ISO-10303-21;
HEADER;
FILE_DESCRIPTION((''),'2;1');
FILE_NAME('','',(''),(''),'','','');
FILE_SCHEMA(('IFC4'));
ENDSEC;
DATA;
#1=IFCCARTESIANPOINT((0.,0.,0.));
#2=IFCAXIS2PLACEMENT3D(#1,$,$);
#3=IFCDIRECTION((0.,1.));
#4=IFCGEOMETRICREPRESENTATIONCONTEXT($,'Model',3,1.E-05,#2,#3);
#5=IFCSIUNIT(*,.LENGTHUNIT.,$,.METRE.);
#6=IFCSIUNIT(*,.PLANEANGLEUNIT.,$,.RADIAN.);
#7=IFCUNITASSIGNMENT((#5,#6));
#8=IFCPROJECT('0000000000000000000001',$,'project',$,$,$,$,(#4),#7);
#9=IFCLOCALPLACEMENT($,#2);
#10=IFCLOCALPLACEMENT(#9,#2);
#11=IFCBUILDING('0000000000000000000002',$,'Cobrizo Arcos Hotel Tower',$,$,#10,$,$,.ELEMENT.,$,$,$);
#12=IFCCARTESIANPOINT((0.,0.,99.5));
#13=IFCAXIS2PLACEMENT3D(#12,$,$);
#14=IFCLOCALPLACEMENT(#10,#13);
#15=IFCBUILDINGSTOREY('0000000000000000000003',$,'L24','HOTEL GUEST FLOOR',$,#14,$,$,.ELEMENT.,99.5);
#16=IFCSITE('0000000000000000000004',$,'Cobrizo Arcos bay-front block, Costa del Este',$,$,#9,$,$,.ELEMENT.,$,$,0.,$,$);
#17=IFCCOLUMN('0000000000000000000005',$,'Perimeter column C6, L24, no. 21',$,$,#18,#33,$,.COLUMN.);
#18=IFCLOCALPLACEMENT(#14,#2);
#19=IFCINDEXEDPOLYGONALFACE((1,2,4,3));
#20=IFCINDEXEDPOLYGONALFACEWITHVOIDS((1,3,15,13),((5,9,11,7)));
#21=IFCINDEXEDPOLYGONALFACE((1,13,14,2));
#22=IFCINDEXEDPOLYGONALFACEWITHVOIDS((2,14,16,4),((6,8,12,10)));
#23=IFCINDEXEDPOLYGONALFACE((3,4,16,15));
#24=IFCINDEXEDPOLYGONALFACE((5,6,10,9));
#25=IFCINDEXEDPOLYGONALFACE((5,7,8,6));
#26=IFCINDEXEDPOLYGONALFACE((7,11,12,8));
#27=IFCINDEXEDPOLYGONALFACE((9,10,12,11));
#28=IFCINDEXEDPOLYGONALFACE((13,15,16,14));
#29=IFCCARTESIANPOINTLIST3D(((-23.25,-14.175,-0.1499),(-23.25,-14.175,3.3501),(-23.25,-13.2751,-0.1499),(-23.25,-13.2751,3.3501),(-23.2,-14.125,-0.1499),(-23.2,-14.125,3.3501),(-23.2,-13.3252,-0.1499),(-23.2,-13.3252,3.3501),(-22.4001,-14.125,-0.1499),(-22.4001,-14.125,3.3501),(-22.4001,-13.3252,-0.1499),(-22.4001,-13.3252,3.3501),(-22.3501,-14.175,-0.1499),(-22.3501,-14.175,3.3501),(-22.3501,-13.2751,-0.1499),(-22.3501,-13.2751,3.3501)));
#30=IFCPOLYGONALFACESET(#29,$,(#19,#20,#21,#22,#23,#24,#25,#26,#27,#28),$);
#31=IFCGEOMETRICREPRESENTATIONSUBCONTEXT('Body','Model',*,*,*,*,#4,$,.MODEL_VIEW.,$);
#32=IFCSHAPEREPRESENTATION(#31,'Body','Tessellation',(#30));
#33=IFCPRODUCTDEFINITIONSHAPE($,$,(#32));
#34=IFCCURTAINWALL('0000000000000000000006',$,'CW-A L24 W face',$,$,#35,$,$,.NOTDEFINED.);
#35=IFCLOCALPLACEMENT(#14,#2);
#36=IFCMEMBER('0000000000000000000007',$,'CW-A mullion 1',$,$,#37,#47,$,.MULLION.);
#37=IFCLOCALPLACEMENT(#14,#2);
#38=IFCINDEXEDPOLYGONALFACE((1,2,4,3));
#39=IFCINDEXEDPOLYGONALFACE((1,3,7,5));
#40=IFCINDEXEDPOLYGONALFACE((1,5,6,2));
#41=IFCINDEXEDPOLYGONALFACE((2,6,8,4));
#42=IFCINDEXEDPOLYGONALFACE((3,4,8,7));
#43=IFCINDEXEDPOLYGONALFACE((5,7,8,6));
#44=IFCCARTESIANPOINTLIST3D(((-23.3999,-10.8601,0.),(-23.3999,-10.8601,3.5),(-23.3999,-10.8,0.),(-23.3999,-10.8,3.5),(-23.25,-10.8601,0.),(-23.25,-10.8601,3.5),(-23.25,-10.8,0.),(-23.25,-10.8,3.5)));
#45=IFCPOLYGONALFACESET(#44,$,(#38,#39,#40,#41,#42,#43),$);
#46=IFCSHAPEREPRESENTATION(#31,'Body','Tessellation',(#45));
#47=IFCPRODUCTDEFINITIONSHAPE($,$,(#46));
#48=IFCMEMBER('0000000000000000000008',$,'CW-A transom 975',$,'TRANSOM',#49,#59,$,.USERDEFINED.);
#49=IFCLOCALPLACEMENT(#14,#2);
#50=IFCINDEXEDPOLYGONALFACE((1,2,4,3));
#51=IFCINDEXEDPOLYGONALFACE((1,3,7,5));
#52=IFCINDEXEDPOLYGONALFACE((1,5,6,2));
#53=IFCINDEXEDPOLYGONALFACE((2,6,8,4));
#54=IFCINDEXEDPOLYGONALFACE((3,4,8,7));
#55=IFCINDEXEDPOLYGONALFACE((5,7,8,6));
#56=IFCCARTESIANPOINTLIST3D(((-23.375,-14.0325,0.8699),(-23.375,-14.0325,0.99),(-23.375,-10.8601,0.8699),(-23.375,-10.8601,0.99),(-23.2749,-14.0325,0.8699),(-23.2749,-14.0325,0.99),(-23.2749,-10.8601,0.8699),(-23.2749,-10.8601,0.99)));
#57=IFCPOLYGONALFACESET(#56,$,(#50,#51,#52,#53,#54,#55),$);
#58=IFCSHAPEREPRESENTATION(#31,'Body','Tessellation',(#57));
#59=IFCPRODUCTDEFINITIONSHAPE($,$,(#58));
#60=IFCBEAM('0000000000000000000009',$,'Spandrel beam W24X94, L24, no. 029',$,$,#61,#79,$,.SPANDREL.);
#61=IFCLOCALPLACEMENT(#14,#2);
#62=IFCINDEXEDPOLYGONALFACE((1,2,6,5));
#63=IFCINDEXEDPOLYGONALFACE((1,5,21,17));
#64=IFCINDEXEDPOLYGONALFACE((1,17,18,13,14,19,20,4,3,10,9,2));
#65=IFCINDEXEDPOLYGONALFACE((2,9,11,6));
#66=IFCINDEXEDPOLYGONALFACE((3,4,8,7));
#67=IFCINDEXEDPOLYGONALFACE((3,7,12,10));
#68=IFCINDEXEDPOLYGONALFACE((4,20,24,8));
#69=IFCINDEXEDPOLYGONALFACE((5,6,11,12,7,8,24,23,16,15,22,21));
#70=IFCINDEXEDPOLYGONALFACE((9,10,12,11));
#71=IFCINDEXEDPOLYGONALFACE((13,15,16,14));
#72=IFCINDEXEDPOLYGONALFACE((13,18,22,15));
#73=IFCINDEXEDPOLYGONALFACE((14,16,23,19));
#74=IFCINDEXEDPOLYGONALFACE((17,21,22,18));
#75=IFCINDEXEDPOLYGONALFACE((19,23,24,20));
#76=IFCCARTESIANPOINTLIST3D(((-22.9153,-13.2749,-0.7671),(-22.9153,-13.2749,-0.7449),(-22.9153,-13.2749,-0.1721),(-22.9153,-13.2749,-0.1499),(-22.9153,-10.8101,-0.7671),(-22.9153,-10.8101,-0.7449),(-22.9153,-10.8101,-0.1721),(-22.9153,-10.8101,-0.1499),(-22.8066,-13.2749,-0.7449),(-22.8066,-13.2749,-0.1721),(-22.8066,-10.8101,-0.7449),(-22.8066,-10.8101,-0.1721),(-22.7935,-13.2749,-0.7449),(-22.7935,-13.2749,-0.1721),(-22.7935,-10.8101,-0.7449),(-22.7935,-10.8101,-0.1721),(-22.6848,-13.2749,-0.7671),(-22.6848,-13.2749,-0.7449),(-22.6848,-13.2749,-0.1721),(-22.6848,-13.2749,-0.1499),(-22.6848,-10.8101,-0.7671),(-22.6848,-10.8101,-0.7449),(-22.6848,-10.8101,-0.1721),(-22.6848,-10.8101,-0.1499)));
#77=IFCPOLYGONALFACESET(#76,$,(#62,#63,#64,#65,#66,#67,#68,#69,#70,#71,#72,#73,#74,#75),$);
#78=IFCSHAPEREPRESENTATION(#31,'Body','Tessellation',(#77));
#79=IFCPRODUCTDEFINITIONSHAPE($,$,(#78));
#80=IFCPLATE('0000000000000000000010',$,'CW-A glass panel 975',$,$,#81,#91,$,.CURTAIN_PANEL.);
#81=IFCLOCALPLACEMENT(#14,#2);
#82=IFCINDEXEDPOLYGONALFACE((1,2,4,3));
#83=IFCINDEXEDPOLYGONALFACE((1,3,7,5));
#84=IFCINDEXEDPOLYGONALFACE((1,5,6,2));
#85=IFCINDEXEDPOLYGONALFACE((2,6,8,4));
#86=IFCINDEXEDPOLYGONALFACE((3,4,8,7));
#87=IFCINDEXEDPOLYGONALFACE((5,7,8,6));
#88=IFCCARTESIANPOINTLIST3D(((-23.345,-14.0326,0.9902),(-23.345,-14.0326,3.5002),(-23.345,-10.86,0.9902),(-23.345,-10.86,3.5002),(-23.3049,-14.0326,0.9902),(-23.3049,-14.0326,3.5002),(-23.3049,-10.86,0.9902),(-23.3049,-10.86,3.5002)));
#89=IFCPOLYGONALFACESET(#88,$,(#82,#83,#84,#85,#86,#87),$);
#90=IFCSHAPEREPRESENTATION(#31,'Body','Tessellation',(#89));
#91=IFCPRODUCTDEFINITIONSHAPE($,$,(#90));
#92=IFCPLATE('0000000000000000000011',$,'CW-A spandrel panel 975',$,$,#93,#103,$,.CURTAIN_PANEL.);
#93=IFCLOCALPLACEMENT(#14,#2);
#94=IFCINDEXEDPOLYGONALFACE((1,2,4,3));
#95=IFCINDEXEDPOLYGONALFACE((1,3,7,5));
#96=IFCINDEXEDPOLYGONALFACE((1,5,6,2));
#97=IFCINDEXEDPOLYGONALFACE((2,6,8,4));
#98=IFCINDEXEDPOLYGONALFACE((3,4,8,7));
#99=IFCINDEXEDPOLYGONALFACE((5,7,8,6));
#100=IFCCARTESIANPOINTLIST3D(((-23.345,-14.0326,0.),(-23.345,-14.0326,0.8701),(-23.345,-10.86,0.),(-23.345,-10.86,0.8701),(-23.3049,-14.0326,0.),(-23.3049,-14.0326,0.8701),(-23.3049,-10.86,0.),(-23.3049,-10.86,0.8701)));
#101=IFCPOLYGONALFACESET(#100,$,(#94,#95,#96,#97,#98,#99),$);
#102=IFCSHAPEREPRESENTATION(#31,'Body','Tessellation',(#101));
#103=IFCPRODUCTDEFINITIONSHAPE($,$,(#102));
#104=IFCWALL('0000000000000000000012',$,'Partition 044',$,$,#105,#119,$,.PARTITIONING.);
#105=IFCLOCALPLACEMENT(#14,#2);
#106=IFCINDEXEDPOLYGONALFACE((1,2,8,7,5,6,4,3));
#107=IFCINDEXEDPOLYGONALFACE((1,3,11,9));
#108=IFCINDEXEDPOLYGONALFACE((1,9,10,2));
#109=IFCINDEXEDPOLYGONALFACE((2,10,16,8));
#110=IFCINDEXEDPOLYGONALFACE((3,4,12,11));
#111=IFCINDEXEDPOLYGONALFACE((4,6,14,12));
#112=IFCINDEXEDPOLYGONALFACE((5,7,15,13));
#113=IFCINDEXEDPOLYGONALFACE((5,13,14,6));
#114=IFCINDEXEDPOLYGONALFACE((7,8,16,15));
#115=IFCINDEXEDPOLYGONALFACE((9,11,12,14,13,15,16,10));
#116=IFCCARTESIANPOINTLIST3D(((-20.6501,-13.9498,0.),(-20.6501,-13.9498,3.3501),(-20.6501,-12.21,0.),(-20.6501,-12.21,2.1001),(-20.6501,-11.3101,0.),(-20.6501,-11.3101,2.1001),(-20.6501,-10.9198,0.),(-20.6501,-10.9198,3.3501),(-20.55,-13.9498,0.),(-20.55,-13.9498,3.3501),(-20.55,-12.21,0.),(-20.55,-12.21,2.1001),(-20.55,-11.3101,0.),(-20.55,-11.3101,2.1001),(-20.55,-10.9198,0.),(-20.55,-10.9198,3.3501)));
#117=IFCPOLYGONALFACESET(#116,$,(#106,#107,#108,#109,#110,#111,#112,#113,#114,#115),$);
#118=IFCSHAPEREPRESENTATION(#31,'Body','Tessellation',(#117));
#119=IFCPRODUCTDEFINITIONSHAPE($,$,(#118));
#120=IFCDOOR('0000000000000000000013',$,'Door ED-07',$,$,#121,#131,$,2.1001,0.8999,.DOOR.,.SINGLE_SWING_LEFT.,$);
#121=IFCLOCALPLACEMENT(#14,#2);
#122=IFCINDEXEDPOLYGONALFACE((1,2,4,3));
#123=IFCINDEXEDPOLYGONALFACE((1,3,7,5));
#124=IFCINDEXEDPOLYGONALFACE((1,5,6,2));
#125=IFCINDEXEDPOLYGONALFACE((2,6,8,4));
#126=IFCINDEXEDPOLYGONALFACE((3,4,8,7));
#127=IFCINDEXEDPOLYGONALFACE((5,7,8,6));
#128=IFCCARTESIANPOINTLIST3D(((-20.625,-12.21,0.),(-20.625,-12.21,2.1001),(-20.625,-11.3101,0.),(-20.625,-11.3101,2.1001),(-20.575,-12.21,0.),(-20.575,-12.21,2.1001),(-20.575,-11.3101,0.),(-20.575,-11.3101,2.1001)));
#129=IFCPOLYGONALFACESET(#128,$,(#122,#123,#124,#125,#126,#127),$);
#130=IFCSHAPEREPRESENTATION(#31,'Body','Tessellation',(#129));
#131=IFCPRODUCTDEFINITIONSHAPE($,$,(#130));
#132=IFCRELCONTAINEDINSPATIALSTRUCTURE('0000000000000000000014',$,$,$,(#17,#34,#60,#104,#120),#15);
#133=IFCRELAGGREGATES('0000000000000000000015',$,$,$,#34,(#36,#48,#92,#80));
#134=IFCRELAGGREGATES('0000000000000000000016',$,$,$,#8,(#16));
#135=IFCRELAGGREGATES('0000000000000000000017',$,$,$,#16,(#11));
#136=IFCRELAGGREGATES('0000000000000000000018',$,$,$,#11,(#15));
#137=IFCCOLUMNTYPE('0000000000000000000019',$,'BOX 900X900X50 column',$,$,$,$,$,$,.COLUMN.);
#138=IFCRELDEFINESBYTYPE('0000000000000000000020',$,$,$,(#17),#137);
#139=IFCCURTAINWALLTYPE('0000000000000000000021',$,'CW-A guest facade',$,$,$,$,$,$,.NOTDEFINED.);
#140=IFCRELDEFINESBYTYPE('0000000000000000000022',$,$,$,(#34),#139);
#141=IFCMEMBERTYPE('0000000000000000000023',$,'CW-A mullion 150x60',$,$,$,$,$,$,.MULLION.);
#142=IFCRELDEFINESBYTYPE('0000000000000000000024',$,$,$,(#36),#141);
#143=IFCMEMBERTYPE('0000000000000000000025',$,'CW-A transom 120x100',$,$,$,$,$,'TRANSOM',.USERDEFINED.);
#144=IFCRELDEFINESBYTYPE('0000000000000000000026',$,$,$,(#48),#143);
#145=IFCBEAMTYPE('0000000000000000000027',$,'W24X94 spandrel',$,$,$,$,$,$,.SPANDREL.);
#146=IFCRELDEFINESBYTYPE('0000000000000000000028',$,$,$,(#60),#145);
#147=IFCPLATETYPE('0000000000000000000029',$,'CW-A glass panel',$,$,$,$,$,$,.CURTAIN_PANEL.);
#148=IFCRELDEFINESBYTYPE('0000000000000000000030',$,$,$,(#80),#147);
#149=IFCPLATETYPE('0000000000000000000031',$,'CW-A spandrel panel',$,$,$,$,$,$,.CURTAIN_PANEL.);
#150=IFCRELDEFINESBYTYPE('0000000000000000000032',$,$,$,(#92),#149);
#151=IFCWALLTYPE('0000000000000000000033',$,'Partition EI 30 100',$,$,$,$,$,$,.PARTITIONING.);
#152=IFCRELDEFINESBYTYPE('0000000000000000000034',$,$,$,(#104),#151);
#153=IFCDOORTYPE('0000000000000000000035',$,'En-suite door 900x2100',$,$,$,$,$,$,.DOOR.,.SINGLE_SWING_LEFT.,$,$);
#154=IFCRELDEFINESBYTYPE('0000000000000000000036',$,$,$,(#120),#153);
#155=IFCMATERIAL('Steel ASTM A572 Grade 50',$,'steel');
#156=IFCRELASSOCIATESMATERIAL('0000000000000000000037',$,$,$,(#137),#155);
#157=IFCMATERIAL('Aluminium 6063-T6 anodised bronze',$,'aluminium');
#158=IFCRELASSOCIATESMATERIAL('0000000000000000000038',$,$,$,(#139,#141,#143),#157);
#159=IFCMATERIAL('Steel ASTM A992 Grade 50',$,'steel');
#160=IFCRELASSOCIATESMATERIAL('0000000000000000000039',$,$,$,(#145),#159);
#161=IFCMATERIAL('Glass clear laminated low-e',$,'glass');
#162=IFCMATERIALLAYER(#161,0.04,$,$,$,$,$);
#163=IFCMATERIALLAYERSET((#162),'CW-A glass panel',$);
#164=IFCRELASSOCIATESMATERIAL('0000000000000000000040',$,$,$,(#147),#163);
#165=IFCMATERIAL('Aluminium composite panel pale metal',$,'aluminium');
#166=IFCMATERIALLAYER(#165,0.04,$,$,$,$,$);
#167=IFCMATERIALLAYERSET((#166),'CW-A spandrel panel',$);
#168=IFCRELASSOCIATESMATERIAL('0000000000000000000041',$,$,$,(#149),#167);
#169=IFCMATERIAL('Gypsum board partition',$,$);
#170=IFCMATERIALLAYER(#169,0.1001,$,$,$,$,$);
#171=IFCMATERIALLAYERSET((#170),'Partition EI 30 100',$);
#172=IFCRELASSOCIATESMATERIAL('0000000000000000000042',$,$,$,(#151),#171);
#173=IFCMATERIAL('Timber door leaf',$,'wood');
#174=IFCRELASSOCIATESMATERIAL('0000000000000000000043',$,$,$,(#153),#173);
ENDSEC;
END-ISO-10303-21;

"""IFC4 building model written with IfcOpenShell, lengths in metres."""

from ifc_helpers import new_model, si_unit, direction, frame, frame_2d, origin, origin_2d, place, context, subcontext, project, spatial, rectangle, hollow_rectangle, i_section, extrude, material, layer, layer_set, material_profile, profile_set, type_object, element, fill, aggregate, save


model = new_model("IFC4")

# Units and contexts
model_context = context("Model", 3, precision=1e-05, world=origin(), true_north=direction((0.0, 1.0)))
body_context = subcontext(model_context, "Body", "Model", "MODEL_VIEW")
ifc_project = project(units=[si_unit("LENGTHUNIT", "METRE"), si_unit("PLANEANGLEUNIT", "RADIAN")], contexts=[model_context])

# Site, building, storey
site_placement = place(None, origin())
site = spatial("IfcSite", under=ifc_project, at=site_placement, Name="Cobrizo Arcos bay-front block, Costa del Este", CompositionType="ELEMENT", RefElevation=0.0)
building_placement = place(site_placement, origin())
building = spatial("IfcBuilding", under=site, at=building_placement, Name="Cobrizo Arcos Hotel Tower", CompositionType="ELEMENT")
storey_placement = place(building_placement, frame((0.0, 0.0, 99.5)))
storey = spatial("IfcBuildingStorey", under=building, at=storey_placement, Name="L24", Description="HOTEL GUEST FLOOR", CompositionType="ELEMENT", Elevation=99.5)

# Column
ifc_material_1 = material(Name="Steel ASTM A572 Grade 50", Category="steel")
ifc_material_profile_1 = material_profile(ifc_material_1, hollow_rectangle(XDim=0.8999, YDim=0.8999, WallThickness=0.05, at=origin_2d()), Name="BOX 900X900X50")
ifc_profile_set_1 = profile_set([ifc_material_profile_1], Name="Steel ASTM A572 Grade 50")
column_type = type_object("IfcColumnType", Name="BOX 900X900X50 column", PredefinedType="COLUMN", material=ifc_profile_set_1)
column_placement = place(storey_placement, frame((-22.8, -13.7251, -0.1499), z_axis=(0.0, 0.0, 1.0), x_axis=(1.0, 0.0, 0.0)))
element("IfcColumn", 1, at=column_placement, inside=storey, type_object=column_type, Name="Perimeter column C6, L24, no. 21", PredefinedType="COLUMN", context=body_context, shape_type="SweptSolid", body=[
    extrude(hollow_rectangle(XDim=0.8999, YDim=0.8999, WallThickness=0.05, at=origin_2d()), origin(), (0.0, 0.0, 1.0), 3.5),
])

# Curtain wall, members
ifc_material_2 = material(Name="Aluminium 6063-T6 anodised bronze", Category="aluminium")
curtain_wall_type = type_object("IfcCurtainWallType", Name="CW-A guest facade", PredefinedType="NOTDEFINED", material=ifc_material_2)
curtain_wall_placement = place(storey_placement, origin())
curtain_wall = element("IfcCurtainWall", 2, at=curtain_wall_placement, inside=storey, type_object=curtain_wall_type, Name="CW-A L24 W face", PredefinedType="NOTDEFINED")
ifc_material_profile_2 = material_profile(ifc_material_2, rectangle(XDim=0.1499, YDim=0.0601, at=origin_2d()), Name="CW-A mullion 150x60")
ifc_profile_set_2 = profile_set([ifc_material_profile_2], Name="Aluminium 6063-T6 anodised bronze")
member_type_1 = type_object("IfcMemberType", Name="CW-A mullion 150x60", PredefinedType="MULLION", material=ifc_profile_set_2)
member_1_placement = place(storey_placement, frame((-23.325, -10.8301, 0.0), z_axis=(0.0, 0.0, 1.0), x_axis=(-1.0, 0.0, 0.0)))
member_1 = element("IfcMember", 3, at=member_1_placement, type_object=member_type_1, Name="CW-A mullion 1", PredefinedType="MULLION", context=body_context, shape_type="SweptSolid", body=[
    extrude(rectangle(XDim=0.1499, YDim=0.0601, at=origin_2d()), origin(), (0.0, 0.0, 1.0), 3.5),
])
ifc_material_profile_3 = material_profile(ifc_material_2, rectangle(XDim=0.1001, YDim=0.1201, at=origin_2d()), Name="CW-A transom 120x100")
ifc_profile_set_3 = profile_set([ifc_material_profile_3], Name="Aluminium 6063-T6 anodised bronze")
member_type_2 = type_object("IfcMemberType", Name="CW-A transom 120x100", ElementType="TRANSOM", PredefinedType="USERDEFINED", material=ifc_profile_set_3)
member_2_placement = place(storey_placement, frame((-23.325, -10.8601, 0.9299), z_axis=(0.0, -1.0, 0.0), x_axis=(1.0, 0.0, 0.0)))
member_2 = element("IfcMember", 4, at=member_2_placement, type_object=member_type_2, Name="CW-A transom 975", ObjectType="TRANSOM", PredefinedType="USERDEFINED", context=body_context, shape_type="SweptSolid", body=[
    extrude(rectangle(XDim=0.1001, YDim=0.1201, at=origin_2d()), origin(), (0.0, 0.0, 1.0), 3.1724),
])

# Beam
ifc_material_3 = material(Name="Steel ASTM A992 Grade 50", Category="steel")
ifc_material_profile_4 = material_profile(ifc_material_3, i_section(OverallWidth=0.2305, OverallDepth=0.6172, WebThickness=0.0132, FlangeThickness=0.0222, at=origin_2d()), Name="W24X94")
ifc_profile_set_4 = profile_set([ifc_material_profile_4], Name="Steel ASTM A992 Grade 50")
beam_type = type_object("IfcBeamType", Name="W24X94 spandrel", PredefinedType="SPANDREL", material=ifc_profile_set_4)
beam_placement = place(storey_placement, frame((-22.8, -10.8101, -0.4585), z_axis=(0.0, -1.0, 0.0), x_axis=(1.0, 0.0, 0.0)))
element("IfcBeam", 5, at=beam_placement, inside=storey, type_object=beam_type, Name="Spandrel beam W24X94, L24, no. 029", PredefinedType="SPANDREL", context=body_context, shape_type="SweptSolid", body=[
    extrude(i_section(OverallWidth=0.2305, OverallDepth=0.6172, WebThickness=0.0132, FlangeThickness=0.0222, at=origin_2d()), origin(), (0.0, 0.0, 1.0), 2.4648),
])

# Plates
ifc_material_4 = material(Name="Glass clear laminated low-e", Category="glass")
ifc_layer_1 = layer(ifc_material_4, 0.04)
ifc_layer_set_1 = layer_set([ifc_layer_1], Name="CW-A glass panel")
plate_type_1 = type_object("IfcPlateType", Name="CW-A glass panel", PredefinedType="CURTAIN_PANEL", material=ifc_layer_set_1)
plate_1_placement = place(storey_placement, frame((-23.325, -12.4463, 0.9902), z_axis=(0.0, 0.0, 1.0), x_axis=(0.0, -1.0, 0.0)))
plate_1 = element("IfcPlate", 6, at=plate_1_placement, type_object=plate_type_1, Name="CW-A glass panel 975", PredefinedType="CURTAIN_PANEL", context=body_context, shape_type="SweptSolid", body=[
    extrude(rectangle(XDim=3.1726, YDim=0.04, at=origin_2d()), origin(), (0.0, 0.0, 1.0), 2.51),
])
ifc_material_5 = material(Name="Aluminium composite panel pale metal", Category="aluminium")
ifc_layer_2 = layer(ifc_material_5, 0.04)
ifc_layer_set_2 = layer_set([ifc_layer_2], Name="CW-A spandrel panel")
plate_type_2 = type_object("IfcPlateType", Name="CW-A spandrel panel", PredefinedType="CURTAIN_PANEL", material=ifc_layer_set_2)
plate_2_placement = place(storey_placement, frame((-23.325, -12.4463, 0.0), z_axis=(0.0, 0.0, 1.0), x_axis=(0.0, -1.0, 0.0)))
plate_2 = element("IfcPlate", 7, at=plate_2_placement, type_object=plate_type_2, Name="CW-A spandrel panel 975", PredefinedType="CURTAIN_PANEL", context=body_context, shape_type="SweptSolid", body=[
    extrude(rectangle(XDim=3.1726, YDim=0.04, at=origin_2d()), origin(), (0.0, 0.0, 1.0), 0.8701),
])
aggregate(curtain_wall, [member_1, member_2, plate_2, plate_1])

# Wall, opening, door
ifc_material_6 = material(Name="Gypsum board partition")
ifc_layer_3 = layer(ifc_material_6, 0.1001)
ifc_layer_set_3 = layer_set([ifc_layer_3], Name="Partition EI 30 100")
wall_type_1 = type_object("IfcWallType", Name="Partition EI 30 100", PredefinedType="PARTITIONING", material=ifc_layer_set_3)
wall_1_placement = place(storey_placement, frame((-20.6001, -13.95, 0.0), z_axis=(0.0, 0.0, 1.0), x_axis=(0.0, 1.0, 0.0)))
wall_1 = element("IfcWall", 8, at=wall_1_placement, inside=storey, type_object=wall_type_1, Name="Partition 044", PredefinedType="PARTITIONING", context=body_context, shape_type="SweptSolid", body=[
    extrude(rectangle(XDim=3.03, YDim=0.1001, at=frame_2d((1.5151, 0.0))), origin(), (0.0, 0.0, 1.0), 3.3501),
])
opening_1_placement = place(wall_1_placement, frame((1.74, 0.0, 0.0)))
opening_1 = element("IfcOpeningElement", 9, at=opening_1_placement, cuts=wall_1, PredefinedType="OPENING", context=body_context, shape_type="SweptSolid", body=[
    extrude(rectangle(XDim=0.8999, YDim=2.1001, at=frame_2d((0.45, 1.05))), frame((0.0, 0.062, 0.0), z_axis=(0.0, -1.0, 0.0), x_axis=(1.0, 0.0, 0.0)), (0.0, 0.0, 1.0), 0.124),
])
ifc_material_7 = material(Name="Timber door leaf", Category="wood")
door_type_1 = type_object("IfcDoorType", Name="En-suite door 900x2100", OperationType="SINGLE_SWING_LEFT", PredefinedType="DOOR", material=ifc_material_7)
door_1_placement = place(opening_1_placement, origin())
door_1 = element("IfcDoor", 10, at=door_1_placement, inside=storey, type_object=door_type_1, Name="Door ED-07", OperationType="SINGLE_SWING_LEFT", OverallHeight=2.1001, OverallWidth=0.8999, PredefinedType="DOOR", context=body_context, shape_type="SweptSolid", body=[
    extrude(rectangle(XDim=0.8999, YDim=2.1001, at=frame_2d((0.45, 1.05))), frame((0.0, 0.0249, 0.0), z_axis=(0.0, -1.0, 0.0), x_axis=(1.0, 0.0, 0.0)), (0.0, 0.0, 1.0), 0.05),
])
fill(opening_1, door_1)

save(model, "model.ifc")
